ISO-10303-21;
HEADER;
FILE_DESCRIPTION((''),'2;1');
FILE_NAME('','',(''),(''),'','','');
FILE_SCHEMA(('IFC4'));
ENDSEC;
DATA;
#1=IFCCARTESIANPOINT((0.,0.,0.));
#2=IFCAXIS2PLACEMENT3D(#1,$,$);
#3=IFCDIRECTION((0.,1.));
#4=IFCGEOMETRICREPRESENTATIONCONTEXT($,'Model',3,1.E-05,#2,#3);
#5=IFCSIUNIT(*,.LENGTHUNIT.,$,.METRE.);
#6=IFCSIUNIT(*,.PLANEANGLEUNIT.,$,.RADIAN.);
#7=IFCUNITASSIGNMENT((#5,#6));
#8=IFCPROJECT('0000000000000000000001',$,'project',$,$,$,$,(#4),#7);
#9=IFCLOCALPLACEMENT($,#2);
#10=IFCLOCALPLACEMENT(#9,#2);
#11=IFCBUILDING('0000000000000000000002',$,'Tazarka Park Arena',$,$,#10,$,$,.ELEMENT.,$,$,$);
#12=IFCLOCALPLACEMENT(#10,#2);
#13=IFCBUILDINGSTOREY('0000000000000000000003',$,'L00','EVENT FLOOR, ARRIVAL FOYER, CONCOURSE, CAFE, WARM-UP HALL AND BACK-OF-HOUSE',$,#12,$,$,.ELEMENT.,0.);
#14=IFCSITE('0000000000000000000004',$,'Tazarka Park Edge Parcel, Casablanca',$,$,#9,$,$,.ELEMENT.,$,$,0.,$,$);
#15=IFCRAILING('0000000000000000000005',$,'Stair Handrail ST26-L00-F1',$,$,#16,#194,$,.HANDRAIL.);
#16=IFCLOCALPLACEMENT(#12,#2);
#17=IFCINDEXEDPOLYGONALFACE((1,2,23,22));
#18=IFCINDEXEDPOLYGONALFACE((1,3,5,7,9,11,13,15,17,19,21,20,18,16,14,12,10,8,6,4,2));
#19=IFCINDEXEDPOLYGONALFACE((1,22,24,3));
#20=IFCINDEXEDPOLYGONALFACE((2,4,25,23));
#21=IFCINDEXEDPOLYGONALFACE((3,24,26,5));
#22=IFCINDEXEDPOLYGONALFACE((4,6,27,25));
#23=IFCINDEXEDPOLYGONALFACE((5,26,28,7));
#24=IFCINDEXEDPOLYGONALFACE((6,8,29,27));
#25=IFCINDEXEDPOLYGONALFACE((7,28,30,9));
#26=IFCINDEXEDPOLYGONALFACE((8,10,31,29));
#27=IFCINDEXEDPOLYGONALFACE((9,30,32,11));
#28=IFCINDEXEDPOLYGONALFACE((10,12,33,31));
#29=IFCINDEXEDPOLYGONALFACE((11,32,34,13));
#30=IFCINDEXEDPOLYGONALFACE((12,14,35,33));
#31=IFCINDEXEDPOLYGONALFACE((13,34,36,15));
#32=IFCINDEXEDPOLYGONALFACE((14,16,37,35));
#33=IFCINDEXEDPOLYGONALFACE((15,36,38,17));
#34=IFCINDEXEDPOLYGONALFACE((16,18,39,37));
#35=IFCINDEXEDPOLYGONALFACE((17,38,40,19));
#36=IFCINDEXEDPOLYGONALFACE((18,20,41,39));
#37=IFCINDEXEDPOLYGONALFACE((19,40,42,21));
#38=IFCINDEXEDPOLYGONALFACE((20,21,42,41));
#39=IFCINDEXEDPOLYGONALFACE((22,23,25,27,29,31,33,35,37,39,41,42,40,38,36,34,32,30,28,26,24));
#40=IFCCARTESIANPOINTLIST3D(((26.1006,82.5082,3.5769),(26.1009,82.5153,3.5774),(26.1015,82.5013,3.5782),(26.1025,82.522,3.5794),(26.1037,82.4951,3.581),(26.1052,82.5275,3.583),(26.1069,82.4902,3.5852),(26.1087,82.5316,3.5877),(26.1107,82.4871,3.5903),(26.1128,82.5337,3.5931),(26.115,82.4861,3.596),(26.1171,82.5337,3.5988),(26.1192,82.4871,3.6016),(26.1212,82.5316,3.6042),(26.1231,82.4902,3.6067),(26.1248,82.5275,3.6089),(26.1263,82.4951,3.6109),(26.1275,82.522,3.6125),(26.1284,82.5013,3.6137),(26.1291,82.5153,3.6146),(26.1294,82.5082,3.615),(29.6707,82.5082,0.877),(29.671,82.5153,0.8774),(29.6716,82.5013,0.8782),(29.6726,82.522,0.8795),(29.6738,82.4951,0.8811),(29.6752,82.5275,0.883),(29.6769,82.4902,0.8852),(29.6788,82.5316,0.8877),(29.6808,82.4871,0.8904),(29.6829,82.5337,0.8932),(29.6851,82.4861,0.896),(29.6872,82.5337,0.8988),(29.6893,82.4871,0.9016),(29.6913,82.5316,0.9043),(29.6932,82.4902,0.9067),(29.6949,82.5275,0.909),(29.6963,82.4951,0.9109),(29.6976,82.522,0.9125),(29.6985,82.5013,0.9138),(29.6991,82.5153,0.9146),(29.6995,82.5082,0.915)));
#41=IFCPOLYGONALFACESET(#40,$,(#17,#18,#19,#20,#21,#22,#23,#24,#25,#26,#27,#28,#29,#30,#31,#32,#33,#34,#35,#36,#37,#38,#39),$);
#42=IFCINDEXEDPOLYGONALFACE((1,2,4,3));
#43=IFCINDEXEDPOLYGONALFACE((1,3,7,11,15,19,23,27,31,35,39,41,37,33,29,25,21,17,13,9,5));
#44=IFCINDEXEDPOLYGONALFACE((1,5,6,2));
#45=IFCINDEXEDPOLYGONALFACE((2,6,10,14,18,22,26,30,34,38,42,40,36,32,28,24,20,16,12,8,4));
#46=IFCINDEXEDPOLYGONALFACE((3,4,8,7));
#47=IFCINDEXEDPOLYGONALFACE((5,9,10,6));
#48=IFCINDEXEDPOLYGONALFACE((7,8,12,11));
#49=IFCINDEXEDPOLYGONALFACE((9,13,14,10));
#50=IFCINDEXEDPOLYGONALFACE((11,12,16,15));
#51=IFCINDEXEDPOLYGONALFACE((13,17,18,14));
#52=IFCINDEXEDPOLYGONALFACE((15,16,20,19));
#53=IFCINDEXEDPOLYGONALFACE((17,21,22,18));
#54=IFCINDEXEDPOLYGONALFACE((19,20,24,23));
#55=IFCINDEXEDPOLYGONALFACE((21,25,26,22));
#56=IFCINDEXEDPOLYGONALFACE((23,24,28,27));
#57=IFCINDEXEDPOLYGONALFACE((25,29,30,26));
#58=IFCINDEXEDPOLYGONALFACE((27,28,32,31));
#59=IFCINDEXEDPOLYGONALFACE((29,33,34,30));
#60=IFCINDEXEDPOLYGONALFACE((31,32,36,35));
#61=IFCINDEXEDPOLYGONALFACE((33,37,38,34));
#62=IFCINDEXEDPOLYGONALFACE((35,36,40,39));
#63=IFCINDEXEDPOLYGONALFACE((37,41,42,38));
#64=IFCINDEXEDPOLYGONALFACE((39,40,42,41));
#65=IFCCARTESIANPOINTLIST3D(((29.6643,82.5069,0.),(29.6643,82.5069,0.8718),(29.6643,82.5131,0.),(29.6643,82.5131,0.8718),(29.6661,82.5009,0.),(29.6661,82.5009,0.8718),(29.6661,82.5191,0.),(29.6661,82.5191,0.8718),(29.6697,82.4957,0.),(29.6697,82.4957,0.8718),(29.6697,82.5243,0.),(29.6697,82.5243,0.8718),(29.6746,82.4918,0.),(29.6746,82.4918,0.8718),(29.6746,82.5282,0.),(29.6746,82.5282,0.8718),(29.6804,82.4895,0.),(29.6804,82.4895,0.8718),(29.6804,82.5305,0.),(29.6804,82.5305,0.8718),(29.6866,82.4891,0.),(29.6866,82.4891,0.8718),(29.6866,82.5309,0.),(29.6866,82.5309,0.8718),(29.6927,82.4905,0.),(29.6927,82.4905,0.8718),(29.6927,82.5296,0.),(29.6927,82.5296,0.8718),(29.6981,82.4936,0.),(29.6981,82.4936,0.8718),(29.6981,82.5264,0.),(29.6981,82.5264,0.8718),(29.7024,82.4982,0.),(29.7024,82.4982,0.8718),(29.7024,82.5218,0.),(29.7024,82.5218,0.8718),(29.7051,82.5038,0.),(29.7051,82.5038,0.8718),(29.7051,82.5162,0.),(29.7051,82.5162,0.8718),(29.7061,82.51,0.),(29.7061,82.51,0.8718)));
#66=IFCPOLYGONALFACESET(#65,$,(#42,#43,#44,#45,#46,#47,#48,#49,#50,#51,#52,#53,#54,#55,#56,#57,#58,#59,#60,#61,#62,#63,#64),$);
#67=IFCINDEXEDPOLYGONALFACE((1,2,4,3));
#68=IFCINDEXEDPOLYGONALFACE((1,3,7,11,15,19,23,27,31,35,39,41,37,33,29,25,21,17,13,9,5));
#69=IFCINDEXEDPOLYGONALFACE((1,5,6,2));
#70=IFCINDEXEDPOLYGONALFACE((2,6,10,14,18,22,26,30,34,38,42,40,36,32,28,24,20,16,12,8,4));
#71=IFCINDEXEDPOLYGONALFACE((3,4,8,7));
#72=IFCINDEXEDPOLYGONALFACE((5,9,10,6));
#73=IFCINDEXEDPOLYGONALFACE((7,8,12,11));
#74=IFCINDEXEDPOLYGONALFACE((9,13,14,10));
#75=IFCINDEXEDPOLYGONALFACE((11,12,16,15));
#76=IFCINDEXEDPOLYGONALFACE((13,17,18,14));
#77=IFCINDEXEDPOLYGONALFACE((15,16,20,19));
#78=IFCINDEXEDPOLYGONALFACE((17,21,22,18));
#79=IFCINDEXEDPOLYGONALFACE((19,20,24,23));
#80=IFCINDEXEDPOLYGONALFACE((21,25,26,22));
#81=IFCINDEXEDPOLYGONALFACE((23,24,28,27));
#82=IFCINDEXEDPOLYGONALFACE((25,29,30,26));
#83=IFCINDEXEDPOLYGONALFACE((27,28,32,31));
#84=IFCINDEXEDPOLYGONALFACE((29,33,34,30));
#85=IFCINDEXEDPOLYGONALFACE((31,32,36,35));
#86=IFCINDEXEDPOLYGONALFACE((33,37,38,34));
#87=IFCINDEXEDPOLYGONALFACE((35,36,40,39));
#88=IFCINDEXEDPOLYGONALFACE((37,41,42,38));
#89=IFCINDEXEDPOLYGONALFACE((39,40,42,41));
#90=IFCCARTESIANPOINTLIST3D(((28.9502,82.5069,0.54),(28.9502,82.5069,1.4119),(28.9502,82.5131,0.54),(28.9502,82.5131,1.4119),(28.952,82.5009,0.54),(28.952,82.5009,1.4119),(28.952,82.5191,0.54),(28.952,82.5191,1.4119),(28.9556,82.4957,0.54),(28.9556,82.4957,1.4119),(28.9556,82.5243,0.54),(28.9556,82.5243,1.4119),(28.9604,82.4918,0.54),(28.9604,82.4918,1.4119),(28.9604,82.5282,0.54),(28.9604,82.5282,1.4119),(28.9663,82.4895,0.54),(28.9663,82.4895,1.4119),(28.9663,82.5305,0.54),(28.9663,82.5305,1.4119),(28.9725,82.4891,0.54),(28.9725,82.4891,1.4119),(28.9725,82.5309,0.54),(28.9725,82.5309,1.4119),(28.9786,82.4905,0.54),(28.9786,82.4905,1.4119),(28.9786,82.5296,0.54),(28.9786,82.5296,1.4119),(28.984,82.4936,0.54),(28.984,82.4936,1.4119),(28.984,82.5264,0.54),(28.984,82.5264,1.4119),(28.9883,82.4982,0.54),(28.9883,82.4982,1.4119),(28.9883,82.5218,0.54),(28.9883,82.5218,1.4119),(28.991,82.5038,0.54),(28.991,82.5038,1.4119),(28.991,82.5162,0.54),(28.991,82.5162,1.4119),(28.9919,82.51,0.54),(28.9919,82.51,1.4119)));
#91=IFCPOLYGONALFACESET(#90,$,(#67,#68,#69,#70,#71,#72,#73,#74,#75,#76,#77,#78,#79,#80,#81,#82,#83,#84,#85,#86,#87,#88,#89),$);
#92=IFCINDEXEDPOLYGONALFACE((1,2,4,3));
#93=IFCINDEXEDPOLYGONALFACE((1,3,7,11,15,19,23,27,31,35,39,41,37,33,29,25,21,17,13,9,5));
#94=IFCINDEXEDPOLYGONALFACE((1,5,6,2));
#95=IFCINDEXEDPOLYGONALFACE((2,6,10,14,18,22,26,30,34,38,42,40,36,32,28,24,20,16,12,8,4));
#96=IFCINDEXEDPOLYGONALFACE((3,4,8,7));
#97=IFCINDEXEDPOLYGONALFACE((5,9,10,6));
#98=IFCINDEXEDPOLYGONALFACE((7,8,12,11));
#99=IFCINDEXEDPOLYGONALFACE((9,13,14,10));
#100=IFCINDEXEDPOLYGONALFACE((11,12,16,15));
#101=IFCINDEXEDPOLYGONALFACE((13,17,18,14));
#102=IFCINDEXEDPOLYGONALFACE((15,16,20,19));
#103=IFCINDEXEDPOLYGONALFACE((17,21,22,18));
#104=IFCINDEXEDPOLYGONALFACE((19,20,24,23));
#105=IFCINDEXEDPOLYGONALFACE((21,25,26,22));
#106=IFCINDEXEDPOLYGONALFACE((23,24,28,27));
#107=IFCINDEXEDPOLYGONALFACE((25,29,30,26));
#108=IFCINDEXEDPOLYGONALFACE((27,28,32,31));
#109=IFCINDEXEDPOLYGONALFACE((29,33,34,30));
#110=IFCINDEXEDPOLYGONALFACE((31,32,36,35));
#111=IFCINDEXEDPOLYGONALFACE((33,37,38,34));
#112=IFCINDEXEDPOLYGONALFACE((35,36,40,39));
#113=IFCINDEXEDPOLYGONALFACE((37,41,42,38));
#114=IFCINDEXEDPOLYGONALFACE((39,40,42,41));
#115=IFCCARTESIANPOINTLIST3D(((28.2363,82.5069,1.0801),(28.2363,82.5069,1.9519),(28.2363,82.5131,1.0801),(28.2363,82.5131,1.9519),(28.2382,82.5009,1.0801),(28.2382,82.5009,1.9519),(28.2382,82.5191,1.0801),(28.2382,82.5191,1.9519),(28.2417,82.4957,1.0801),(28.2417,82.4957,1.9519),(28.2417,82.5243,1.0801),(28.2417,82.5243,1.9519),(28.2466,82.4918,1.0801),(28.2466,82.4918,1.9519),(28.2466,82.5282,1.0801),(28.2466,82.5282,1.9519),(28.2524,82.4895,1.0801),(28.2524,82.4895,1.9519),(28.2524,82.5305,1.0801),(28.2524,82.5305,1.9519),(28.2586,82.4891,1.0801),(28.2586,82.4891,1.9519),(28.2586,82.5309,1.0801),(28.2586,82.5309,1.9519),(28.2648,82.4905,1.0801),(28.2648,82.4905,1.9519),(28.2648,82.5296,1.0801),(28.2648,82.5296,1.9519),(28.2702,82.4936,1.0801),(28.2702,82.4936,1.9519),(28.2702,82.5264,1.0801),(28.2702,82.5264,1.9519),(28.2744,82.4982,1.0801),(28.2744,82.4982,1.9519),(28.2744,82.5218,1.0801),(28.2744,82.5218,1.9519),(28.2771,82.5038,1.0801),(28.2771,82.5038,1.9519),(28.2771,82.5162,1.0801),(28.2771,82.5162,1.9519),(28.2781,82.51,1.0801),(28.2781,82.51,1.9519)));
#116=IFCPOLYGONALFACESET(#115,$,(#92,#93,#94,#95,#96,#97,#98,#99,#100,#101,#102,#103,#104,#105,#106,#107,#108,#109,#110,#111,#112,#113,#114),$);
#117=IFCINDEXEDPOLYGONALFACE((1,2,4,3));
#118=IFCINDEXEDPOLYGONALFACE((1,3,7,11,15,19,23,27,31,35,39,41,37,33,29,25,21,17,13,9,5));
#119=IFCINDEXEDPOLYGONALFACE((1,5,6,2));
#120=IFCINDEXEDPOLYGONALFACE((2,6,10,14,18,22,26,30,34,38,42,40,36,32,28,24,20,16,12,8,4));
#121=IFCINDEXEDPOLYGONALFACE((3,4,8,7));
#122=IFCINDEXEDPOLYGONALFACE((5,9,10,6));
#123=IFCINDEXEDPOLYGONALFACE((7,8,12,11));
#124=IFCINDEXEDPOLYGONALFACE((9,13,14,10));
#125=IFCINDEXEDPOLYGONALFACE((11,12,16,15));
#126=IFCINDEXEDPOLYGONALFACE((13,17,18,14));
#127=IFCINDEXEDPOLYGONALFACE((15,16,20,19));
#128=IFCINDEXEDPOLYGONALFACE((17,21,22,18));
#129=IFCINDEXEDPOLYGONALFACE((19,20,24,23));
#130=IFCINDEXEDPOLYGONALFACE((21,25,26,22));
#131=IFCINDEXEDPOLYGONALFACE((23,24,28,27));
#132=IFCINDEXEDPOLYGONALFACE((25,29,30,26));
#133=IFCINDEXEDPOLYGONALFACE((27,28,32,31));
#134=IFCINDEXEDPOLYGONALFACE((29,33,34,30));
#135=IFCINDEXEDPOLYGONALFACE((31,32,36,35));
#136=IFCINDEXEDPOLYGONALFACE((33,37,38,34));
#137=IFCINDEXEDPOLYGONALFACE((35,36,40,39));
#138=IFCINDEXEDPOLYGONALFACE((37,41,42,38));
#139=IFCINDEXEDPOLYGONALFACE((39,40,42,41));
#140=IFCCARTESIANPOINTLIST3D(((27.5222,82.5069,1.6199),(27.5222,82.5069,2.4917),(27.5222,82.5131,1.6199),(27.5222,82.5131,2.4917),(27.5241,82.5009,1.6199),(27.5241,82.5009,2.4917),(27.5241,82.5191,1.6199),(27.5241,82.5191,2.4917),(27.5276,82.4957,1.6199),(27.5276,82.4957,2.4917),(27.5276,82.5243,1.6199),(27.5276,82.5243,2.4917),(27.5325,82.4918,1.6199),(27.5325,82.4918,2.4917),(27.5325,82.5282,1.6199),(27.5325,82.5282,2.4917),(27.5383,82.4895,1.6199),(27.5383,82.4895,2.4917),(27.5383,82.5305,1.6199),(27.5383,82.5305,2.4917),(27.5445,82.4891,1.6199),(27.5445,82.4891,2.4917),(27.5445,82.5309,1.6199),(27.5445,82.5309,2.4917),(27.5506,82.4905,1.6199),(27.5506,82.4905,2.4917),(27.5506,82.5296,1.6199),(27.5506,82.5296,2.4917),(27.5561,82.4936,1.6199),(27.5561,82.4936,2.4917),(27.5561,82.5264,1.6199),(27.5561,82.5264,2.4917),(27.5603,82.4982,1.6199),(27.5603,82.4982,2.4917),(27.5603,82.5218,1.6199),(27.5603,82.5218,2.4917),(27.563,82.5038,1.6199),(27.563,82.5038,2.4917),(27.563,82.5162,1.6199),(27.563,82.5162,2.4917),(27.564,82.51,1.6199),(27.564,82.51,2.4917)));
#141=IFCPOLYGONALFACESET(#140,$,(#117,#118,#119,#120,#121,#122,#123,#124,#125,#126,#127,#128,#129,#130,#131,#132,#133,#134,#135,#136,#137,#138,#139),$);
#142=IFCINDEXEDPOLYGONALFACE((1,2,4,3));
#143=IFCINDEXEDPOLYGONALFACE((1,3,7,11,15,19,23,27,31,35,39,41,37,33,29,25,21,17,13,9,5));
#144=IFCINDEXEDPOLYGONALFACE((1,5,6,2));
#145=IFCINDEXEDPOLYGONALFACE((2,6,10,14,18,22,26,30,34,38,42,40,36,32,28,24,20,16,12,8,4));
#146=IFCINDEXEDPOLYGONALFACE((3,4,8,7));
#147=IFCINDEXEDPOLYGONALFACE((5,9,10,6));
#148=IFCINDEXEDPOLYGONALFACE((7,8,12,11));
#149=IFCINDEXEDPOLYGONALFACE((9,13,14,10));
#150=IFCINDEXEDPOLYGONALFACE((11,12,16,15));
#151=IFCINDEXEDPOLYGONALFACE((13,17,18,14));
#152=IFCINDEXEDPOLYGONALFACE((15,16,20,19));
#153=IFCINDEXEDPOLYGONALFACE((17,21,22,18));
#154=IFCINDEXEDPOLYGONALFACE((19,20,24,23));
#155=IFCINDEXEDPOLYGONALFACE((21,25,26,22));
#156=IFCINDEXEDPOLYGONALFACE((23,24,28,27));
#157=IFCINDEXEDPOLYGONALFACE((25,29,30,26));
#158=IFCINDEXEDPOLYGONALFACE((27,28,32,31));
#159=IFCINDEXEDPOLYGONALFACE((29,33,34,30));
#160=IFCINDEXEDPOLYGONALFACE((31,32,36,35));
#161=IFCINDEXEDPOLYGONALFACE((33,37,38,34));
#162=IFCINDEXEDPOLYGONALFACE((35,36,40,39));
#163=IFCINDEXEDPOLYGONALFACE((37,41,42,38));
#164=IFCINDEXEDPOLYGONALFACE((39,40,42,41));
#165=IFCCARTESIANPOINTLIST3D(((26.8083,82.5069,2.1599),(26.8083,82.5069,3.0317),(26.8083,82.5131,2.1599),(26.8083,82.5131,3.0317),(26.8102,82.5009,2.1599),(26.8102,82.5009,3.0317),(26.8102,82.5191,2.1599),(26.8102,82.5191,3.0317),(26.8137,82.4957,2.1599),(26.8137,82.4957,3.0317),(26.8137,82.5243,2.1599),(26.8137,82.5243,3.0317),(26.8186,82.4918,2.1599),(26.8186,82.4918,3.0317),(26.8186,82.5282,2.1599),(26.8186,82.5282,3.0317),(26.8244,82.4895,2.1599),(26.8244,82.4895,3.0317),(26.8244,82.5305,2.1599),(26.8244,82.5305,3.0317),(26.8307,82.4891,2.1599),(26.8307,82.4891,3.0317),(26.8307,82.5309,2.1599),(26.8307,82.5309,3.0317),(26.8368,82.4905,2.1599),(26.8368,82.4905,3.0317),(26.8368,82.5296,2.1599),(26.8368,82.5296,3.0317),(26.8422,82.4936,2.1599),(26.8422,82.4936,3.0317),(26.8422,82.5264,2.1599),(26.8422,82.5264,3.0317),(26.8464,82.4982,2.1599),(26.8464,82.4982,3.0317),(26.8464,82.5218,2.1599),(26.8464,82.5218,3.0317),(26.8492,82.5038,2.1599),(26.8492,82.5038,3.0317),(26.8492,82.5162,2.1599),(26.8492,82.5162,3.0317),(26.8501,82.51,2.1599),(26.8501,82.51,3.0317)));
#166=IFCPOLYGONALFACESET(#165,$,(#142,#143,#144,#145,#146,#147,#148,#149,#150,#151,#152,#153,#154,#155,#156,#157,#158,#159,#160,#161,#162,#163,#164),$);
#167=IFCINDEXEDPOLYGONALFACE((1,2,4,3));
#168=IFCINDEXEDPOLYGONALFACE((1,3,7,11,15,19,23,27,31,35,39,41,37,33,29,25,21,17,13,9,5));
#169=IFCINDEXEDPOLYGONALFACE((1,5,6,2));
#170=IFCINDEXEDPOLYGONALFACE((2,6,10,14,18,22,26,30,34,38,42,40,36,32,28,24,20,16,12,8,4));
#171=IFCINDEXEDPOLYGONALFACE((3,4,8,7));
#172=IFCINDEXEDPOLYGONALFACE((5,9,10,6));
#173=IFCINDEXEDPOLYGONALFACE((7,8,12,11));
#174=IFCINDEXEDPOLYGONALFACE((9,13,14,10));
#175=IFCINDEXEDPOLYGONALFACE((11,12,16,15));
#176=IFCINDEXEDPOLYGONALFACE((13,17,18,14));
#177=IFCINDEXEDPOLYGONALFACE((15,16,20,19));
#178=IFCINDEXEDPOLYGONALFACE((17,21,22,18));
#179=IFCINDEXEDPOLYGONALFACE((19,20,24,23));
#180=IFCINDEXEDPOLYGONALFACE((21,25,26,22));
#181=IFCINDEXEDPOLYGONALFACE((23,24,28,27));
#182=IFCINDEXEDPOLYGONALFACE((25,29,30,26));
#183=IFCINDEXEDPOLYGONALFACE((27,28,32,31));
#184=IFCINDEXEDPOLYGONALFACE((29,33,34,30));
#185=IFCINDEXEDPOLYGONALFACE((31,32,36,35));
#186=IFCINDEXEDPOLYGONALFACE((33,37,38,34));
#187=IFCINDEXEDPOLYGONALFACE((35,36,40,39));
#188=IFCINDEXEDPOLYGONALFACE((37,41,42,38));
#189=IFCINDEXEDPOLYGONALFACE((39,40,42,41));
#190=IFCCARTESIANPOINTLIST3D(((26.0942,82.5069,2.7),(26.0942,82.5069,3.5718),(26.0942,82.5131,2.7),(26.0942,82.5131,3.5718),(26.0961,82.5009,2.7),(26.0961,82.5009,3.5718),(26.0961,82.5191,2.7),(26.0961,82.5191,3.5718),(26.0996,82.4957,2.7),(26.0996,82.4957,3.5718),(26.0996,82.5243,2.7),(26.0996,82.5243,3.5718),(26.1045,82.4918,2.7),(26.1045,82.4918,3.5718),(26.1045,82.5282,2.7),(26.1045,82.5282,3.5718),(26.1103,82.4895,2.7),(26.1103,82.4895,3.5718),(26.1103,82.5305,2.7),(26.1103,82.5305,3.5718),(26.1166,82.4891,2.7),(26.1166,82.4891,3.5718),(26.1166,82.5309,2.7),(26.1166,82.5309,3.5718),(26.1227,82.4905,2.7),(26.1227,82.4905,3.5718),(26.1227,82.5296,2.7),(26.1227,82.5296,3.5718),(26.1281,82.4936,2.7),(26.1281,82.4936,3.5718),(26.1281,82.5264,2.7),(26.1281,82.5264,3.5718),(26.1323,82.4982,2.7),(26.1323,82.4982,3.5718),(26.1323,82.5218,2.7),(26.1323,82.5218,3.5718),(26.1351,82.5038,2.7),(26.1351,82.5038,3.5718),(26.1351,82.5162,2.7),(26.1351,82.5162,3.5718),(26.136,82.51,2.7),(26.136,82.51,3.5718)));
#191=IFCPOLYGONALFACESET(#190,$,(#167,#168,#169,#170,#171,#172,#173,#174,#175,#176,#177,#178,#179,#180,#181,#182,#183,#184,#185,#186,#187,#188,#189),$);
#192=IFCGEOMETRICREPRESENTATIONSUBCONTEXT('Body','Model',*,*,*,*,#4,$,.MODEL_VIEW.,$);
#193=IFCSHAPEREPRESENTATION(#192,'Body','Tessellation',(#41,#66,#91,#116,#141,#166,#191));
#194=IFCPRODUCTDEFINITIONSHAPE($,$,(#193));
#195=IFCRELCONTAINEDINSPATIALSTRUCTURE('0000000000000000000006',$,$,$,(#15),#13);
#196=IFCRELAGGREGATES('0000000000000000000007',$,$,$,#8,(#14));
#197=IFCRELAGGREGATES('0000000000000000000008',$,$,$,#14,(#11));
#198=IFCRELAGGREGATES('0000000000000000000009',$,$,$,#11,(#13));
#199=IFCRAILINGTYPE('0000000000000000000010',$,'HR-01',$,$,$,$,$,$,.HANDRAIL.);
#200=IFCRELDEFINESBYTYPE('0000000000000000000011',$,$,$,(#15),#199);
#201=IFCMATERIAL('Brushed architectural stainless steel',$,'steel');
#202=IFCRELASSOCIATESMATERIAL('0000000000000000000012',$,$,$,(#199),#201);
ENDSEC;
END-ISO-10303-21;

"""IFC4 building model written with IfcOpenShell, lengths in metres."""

from ifc_helpers import new_model, si_unit, direction, frame, origin, origin_2d, place, context, subcontext, project, spatial, circle, extrude, material, type_object, element, save


model = new_model("IFC4")

# Units and contexts
model_context = context("Model", 3, precision=1e-05, world=origin(), true_north=direction((0.0, 1.0)))
body_context = subcontext(model_context, "Body", "Model", "MODEL_VIEW")
ifc_project = project(units=[si_unit("LENGTHUNIT", "METRE"), si_unit("PLANEANGLEUNIT", "RADIAN")], contexts=[model_context])

# Site, building, storey
site_placement = place(None, origin())
site = spatial("IfcSite", under=ifc_project, at=site_placement, Name="Tazarka Park Edge Parcel, Casablanca", CompositionType="ELEMENT", RefElevation=0.0)
building_placement = place(site_placement, origin())
building = spatial("IfcBuilding", under=site, at=building_placement, Name="Tazarka Park Arena", CompositionType="ELEMENT")
storey_placement = place(building_placement, origin())
storey = spatial("IfcBuildingStorey", under=building, at=storey_placement, Name="L00", Description="EVENT FLOOR, ARRIVAL FOYER, CONCOURSE, CAFE, WARM-UP HALL AND BACK-OF-HOUSE", CompositionType="ELEMENT", Elevation=0.0)

# Railing
ifc_material_1 = material(Name="Brushed architectural stainless steel", Category="steel")
railing_type_1 = type_object("IfcRailingType", Name="HR-01", PredefinedType="HANDRAIL", material=ifc_material_1)
railing_placement = place(storey_placement, frame((29.6851, 82.51, 0.0)))
element("IfcRailing", 1, at=railing_placement, inside=storey, type_object=railing_type_1, Name="Stair Handrail ST26-L00-F1", PredefinedType="HANDRAIL", context=body_context, shape_type="SweptSolid", body=[
    extrude(circle(Radius=0.0239, at=origin_2d()), frame((0.0, 0.0, 0.896), z_axis=(-0.797591, 0.0, 0.603198), x_axis=(0.0, -1.0, 0.0)), (0.0, 0.0, 1.0), 4.4761),
    extrude(circle(Radius=0.021, at=origin_2d()), origin(), (0.0, 0.0, 1.0), 0.8718),
    extrude(circle(Radius=0.021, at=origin_2d()), frame((-0.7141, 0.0, 0.54)), (0.0, 0.0, 1.0), 0.8718),
    extrude(circle(Radius=0.021, at=origin_2d()), frame((-1.428, 0.0, 1.0801)), (0.0, 0.0, 1.0), 0.8718),
    extrude(circle(Radius=0.021, at=origin_2d()), frame((-2.1421, 0.0, 1.6199)), (0.0, 0.0, 1.0), 0.8718),
    extrude(circle(Radius=0.021, at=origin_2d()), frame((-2.856, 0.0, 2.1599)), (0.0, 0.0, 1.0), 0.8718),
    extrude(circle(Radius=0.021, at=origin_2d()), frame((-3.5701, 0.0, 2.7)), (0.0, 0.0, 1.0), 0.8718),
])

save(model, "model.ifc")
